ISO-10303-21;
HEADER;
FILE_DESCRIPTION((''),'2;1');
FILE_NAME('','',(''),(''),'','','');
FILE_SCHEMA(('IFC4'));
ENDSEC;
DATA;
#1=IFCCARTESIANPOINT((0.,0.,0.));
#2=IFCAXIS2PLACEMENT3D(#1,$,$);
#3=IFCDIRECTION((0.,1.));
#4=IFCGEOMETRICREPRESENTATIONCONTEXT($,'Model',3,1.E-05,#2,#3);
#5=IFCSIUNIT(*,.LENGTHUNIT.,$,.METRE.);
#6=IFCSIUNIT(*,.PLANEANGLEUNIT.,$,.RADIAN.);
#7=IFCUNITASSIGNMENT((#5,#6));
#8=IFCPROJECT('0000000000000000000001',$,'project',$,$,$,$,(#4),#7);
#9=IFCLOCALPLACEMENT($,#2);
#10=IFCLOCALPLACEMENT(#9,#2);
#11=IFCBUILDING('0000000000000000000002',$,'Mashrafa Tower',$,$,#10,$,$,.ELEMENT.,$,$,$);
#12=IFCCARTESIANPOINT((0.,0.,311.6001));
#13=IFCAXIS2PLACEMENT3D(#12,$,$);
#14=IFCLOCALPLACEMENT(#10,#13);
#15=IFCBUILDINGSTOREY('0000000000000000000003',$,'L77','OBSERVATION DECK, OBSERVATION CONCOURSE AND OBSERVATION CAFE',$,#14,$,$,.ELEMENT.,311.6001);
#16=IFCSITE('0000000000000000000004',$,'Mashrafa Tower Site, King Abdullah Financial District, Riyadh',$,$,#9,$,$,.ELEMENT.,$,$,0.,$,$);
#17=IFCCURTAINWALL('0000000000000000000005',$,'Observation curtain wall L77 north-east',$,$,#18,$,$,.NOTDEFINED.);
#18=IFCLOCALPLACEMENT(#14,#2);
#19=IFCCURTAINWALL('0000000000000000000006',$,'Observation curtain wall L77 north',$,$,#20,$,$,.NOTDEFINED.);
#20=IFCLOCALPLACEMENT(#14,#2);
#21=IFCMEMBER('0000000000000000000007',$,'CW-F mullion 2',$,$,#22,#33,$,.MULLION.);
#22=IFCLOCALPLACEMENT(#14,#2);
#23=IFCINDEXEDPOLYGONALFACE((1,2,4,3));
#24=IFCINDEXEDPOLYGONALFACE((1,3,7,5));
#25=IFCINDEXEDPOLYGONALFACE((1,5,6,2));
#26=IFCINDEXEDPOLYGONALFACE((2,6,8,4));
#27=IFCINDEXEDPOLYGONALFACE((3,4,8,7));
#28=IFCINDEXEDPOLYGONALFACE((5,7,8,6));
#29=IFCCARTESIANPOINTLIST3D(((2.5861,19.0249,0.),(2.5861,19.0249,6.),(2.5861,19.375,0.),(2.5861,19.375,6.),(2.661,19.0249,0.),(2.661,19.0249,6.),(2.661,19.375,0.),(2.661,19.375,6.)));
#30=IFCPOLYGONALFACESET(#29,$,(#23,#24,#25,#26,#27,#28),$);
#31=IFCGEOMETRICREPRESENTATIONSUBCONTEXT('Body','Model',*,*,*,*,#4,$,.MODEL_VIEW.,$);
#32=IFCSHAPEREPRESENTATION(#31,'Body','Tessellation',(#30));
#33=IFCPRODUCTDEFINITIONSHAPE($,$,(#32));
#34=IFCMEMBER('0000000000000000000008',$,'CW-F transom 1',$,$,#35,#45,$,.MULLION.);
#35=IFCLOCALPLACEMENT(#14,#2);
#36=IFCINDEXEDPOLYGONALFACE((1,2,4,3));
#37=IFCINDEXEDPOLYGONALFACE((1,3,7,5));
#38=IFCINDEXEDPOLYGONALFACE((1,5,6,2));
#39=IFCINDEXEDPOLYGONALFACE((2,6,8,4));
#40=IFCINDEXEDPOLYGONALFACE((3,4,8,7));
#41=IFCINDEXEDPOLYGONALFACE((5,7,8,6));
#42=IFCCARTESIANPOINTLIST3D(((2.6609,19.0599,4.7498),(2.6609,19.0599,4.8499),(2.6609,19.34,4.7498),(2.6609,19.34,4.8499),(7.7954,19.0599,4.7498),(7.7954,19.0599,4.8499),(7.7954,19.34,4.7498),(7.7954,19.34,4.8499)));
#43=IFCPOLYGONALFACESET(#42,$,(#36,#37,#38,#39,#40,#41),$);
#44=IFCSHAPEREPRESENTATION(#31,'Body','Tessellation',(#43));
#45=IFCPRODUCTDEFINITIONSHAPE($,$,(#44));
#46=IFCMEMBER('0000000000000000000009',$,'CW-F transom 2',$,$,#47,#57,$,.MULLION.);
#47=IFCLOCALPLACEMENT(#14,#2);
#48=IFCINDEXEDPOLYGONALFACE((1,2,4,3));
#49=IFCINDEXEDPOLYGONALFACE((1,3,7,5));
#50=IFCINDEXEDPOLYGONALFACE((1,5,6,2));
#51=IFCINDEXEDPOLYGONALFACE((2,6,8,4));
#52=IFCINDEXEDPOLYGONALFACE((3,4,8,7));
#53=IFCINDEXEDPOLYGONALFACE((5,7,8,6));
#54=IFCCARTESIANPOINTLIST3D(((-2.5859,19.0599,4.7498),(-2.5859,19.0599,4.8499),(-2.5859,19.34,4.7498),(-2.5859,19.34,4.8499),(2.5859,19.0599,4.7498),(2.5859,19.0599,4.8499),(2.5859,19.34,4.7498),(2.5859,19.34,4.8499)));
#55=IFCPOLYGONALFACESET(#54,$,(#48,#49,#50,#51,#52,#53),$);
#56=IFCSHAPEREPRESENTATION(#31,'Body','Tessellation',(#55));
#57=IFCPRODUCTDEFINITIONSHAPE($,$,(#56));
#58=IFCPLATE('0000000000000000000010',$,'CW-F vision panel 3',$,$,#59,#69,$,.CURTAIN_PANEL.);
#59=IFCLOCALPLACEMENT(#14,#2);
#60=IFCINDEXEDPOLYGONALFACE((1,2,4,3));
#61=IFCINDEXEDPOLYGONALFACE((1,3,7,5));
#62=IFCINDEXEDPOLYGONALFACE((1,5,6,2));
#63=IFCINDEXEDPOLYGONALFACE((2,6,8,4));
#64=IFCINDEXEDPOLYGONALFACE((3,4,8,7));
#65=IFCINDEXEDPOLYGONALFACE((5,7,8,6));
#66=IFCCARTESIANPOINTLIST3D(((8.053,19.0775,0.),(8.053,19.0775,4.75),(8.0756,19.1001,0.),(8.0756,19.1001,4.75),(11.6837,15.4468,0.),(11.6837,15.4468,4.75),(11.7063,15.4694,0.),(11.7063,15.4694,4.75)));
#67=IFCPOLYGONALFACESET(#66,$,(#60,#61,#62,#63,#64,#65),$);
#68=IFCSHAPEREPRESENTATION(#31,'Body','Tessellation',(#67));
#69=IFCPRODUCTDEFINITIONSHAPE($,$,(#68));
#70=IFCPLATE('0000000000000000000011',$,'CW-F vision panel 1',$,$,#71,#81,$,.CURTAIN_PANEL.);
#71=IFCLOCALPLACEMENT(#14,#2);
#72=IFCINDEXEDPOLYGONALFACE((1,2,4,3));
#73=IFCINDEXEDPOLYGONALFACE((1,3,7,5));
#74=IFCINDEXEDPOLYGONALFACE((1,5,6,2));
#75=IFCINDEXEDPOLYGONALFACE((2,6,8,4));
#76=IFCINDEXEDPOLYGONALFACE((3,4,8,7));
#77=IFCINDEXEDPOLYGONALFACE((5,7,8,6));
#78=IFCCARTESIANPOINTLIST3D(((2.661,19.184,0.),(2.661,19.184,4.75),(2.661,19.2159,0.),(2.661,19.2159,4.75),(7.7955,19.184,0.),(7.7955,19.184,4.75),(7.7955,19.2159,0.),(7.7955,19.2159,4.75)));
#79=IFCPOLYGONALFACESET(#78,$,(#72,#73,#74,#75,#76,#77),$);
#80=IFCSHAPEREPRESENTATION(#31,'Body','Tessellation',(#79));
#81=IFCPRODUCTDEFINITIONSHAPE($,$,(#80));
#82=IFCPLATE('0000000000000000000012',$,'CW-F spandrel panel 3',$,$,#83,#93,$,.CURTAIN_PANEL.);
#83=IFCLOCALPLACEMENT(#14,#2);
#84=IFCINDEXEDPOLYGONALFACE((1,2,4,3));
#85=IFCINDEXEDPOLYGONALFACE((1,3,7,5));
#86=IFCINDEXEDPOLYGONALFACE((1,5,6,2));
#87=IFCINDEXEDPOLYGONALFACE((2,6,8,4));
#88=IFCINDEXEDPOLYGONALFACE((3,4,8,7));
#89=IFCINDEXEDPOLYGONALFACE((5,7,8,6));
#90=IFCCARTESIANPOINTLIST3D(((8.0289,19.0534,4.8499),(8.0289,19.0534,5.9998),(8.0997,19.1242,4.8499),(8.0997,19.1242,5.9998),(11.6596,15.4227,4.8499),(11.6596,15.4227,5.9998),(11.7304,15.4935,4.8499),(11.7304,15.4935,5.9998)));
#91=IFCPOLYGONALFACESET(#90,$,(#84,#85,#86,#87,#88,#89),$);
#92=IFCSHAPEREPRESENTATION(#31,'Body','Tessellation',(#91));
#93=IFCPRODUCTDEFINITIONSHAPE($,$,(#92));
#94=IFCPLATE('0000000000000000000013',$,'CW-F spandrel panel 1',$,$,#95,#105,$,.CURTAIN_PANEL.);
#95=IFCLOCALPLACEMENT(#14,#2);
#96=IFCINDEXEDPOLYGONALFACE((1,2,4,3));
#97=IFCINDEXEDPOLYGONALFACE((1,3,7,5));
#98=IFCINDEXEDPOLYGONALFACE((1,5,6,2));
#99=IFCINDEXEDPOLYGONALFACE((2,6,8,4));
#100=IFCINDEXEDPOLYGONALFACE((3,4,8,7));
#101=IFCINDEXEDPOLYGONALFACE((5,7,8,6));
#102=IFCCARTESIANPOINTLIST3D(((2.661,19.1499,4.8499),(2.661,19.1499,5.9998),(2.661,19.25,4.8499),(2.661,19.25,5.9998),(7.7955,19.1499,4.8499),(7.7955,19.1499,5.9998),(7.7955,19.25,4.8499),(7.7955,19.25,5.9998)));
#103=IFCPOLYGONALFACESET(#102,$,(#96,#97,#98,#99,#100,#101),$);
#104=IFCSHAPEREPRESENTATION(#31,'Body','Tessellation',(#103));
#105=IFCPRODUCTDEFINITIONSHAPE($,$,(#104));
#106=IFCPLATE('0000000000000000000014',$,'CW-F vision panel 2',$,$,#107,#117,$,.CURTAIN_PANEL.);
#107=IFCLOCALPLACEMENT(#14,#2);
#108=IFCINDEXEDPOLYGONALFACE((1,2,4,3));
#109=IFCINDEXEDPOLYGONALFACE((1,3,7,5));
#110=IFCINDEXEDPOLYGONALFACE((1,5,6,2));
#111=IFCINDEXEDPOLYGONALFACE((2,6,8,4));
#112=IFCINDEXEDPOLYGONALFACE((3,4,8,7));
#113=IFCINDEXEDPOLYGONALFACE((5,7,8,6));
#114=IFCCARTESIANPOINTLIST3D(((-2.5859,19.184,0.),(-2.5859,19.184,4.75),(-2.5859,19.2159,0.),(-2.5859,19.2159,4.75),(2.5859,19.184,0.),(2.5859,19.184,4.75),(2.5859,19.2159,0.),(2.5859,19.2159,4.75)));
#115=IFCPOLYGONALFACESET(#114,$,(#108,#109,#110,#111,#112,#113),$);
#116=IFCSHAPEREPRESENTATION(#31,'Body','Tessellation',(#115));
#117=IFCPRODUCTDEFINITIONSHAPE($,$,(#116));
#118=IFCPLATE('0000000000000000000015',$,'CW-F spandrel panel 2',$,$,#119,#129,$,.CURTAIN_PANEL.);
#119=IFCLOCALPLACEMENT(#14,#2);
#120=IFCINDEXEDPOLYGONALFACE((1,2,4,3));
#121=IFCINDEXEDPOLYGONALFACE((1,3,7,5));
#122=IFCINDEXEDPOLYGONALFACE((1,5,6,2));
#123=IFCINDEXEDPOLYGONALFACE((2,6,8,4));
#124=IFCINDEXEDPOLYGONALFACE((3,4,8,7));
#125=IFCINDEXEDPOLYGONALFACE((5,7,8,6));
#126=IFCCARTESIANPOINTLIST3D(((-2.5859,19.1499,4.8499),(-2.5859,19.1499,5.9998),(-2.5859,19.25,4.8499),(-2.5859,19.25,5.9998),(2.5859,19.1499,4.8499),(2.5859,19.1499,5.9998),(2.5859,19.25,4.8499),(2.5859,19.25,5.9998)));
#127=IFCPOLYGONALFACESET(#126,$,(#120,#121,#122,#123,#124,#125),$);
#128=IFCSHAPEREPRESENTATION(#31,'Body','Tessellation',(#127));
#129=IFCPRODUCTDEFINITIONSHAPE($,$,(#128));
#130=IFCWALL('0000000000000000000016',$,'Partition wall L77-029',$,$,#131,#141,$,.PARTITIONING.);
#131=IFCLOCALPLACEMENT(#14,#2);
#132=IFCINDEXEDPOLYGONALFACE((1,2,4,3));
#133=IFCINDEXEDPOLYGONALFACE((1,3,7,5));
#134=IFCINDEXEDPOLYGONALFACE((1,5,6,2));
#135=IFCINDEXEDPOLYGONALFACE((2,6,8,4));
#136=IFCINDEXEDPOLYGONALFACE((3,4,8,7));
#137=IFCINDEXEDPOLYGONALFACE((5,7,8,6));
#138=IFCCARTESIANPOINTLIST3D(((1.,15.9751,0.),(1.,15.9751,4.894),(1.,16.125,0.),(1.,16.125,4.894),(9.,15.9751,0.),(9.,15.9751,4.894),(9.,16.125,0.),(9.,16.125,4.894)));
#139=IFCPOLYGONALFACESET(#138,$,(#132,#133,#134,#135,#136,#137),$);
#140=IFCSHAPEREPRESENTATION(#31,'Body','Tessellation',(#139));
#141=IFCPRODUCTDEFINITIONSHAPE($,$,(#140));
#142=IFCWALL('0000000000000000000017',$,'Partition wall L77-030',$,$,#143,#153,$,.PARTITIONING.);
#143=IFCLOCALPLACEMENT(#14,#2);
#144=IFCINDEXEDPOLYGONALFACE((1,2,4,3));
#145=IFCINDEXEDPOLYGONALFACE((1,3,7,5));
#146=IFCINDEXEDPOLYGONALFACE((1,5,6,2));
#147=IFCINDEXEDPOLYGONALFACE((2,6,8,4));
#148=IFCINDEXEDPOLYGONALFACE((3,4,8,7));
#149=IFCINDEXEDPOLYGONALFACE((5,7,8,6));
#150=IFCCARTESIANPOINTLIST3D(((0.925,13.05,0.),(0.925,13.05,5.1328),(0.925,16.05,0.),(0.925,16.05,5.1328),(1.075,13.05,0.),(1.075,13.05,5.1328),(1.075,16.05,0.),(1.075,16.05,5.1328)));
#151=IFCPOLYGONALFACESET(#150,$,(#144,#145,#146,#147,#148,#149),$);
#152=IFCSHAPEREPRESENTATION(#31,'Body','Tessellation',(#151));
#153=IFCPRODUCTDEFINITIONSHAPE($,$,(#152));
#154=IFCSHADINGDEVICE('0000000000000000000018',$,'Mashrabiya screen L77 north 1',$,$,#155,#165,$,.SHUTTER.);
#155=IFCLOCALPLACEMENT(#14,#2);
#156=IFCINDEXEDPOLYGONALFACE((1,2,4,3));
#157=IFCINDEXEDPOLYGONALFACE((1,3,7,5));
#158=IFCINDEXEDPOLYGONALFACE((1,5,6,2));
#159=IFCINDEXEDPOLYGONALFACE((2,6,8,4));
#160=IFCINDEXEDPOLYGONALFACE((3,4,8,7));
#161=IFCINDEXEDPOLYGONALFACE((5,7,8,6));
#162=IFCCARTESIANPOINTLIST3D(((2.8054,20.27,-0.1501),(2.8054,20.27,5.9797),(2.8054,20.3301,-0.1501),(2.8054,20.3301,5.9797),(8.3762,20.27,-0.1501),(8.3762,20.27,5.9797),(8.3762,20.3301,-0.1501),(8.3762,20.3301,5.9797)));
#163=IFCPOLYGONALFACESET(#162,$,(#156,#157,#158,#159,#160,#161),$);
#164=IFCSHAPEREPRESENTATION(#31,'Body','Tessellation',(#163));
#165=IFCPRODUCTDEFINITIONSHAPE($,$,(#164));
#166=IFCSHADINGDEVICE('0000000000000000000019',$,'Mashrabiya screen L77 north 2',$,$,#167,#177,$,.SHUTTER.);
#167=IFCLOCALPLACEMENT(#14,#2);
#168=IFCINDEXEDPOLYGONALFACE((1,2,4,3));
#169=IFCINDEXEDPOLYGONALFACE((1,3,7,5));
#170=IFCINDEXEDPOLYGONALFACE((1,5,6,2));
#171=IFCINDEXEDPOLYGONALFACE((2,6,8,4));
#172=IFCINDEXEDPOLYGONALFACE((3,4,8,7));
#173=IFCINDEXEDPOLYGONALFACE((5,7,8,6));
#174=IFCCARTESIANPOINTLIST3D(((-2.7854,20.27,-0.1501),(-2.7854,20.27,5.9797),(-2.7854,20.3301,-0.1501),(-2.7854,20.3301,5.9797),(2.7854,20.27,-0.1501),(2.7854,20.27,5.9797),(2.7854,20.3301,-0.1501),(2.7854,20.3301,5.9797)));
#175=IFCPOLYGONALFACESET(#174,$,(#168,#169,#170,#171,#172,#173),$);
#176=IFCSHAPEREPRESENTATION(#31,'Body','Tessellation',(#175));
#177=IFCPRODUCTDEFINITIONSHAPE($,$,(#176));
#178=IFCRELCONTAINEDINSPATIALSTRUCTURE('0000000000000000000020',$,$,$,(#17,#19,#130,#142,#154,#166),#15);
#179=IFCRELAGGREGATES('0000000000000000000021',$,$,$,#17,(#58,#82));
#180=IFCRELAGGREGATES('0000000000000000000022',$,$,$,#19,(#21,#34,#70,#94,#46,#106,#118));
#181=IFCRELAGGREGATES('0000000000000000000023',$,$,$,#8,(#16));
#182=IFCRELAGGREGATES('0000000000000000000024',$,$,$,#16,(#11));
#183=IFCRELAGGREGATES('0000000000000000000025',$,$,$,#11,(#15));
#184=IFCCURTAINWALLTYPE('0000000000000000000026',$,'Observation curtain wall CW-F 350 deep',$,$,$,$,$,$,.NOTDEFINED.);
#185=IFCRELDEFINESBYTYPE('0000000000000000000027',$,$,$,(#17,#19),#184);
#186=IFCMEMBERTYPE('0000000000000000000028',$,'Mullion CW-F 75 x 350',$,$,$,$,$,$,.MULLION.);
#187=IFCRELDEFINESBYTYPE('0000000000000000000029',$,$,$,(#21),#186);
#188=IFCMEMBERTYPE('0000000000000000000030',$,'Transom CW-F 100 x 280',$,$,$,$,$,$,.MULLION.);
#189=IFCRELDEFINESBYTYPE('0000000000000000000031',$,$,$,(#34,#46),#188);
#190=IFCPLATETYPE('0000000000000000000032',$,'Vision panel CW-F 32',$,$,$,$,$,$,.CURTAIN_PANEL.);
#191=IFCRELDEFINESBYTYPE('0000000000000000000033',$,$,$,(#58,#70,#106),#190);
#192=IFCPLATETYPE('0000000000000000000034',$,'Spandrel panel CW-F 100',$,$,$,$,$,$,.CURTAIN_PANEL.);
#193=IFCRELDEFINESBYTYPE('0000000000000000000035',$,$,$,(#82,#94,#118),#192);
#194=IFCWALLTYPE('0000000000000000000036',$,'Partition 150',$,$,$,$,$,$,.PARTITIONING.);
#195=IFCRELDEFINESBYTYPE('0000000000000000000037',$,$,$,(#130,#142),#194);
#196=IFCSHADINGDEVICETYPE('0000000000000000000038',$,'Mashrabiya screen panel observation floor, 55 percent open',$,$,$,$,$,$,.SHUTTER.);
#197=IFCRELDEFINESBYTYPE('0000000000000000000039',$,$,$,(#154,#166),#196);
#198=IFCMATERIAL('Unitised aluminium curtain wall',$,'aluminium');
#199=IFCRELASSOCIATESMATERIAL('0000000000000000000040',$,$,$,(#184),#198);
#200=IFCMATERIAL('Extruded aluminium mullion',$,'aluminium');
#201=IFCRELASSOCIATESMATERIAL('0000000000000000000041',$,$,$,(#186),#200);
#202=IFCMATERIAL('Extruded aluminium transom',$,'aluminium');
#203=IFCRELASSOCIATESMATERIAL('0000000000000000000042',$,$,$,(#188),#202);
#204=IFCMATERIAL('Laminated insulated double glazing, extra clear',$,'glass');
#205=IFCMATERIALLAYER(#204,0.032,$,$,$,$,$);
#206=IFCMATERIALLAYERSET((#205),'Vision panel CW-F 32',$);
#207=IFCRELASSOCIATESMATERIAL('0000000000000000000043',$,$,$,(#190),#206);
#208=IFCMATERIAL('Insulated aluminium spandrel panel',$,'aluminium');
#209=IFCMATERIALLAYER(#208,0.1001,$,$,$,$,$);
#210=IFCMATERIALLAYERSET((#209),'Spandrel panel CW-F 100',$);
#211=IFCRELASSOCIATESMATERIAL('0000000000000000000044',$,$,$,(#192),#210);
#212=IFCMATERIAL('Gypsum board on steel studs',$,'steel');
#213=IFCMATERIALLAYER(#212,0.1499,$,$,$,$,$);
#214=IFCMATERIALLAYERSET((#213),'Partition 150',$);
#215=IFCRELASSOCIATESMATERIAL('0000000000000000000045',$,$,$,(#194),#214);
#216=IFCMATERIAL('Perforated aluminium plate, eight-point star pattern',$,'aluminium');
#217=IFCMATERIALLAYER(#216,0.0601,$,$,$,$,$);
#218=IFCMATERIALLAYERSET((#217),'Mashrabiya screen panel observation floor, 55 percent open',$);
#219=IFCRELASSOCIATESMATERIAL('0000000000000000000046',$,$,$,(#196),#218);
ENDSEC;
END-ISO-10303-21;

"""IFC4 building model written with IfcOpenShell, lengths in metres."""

from ifc_helpers import new_model, si_unit, direction, frame, frame_2d, origin, origin_2d, place, context, subcontext, project, spatial, rectangle, extrude, source, transform, mapped, material, layer, layer_set, material_profile, profile_set, type_object, type_shapes, element, aggregate, save


model = new_model("IFC4")

# Units and contexts
model_context = context("Model", 3, precision=1e-05, world=origin(), true_north=direction((0.0, 1.0)))
body_context = subcontext(model_context, "Body", "Model", "MODEL_VIEW")
ifc_project = project(units=[si_unit("LENGTHUNIT", "METRE"), si_unit("PLANEANGLEUNIT", "RADIAN")], contexts=[model_context])

# Site, building, storey
site_placement = place(None, origin())
site = spatial("IfcSite", under=ifc_project, at=site_placement, Name="Mashrafa Tower Site, King Abdullah Financial District, Riyadh", CompositionType="ELEMENT", RefElevation=0.0)
building_placement = place(site_placement, origin())
building = spatial("IfcBuilding", under=site, at=building_placement, Name="Mashrafa Tower", CompositionType="ELEMENT")
storey_placement = place(building_placement, frame((0.0, 0.0, 311.6001)))
storey = spatial("IfcBuildingStorey", under=building, at=storey_placement, Name="L77", Description="OBSERVATION DECK, OBSERVATION CONCOURSE AND OBSERVATION CAFE", CompositionType="ELEMENT", Elevation=311.6001)

# Curtain wall
ifc_material_1 = material(Name="Unitised aluminium curtain wall", Category="aluminium")
curtain_wall_type = type_object("IfcCurtainWallType", Name="Observation curtain wall CW-F 350 deep", PredefinedType="NOTDEFINED", material=ifc_material_1)
curtain_wall_1_placement = place(storey_placement, origin())
curtain_wall_1 = element("IfcCurtainWall", 1, at=curtain_wall_1_placement, inside=storey, type_object=curtain_wall_type, Name="Observation curtain wall L77 north-east", PredefinedType="NOTDEFINED")
ifc_material_2 = material(Name="Extruded aluminium mullion", Category="aluminium")
ifc_material_profile_1 = material_profile(ifc_material_2, rectangle(XDim=0.3501, YDim=0.075, at=origin_2d()), Name="Mullion 75x350")
ifc_profile_set_1 = profile_set([ifc_material_profile_1], Name="Extruded aluminium mullion")
member_type_1 = type_object("IfcMemberType", Name="Mullion CW-F 75 x 350", PredefinedType="MULLION", material=ifc_profile_set_1)
shared_shape_1 = source(origin(), body_context, "Body", "SweptSolid", [
    extrude(rectangle(XDim=0.3501, YDim=0.075, at=origin_2d()), origin(), (0.0, 0.0, 1.0), 6.0),
])
type_shapes(member_type_1, [shared_shape_1])

# Curtain wall, members
curtain_wall_2_placement = place(storey_placement, origin())
curtain_wall_2 = element("IfcCurtainWall", 2, at=curtain_wall_2_placement, inside=storey, type_object=curtain_wall_type, Name="Observation curtain wall L77 north", PredefinedType="NOTDEFINED")
member_1_placement = place(storey_placement, frame((2.6235, 19.2, 0.0), z_axis=(0.0, 0.0, 1.0), x_axis=(0.0, -1.0, 0.0)))
member_1 = element("IfcMember", 3, at=member_1_placement, type_object=member_type_1, Name="CW-F mullion 2", PredefinedType="MULLION", context=body_context, shape_type="MappedRepresentation", body=[
    mapped(shared_shape_1, transform((0.0, 0.0, 0.0))),
])
ifc_material_3 = material(Name="Extruded aluminium transom", Category="aluminium")
ifc_material_profile_2 = material_profile(ifc_material_3, rectangle(XDim=0.28, YDim=0.1001, at=origin_2d()), Name="Transom 100x280")
ifc_profile_set_2 = profile_set([ifc_material_profile_2], Name="Extruded aluminium transom")
member_type_2 = type_object("IfcMemberType", Name="Transom CW-F 100 x 280", PredefinedType="MULLION", material=ifc_profile_set_2)
shared_shape_2 = source(origin(), body_context, "Body", "SweptSolid", [
    extrude(rectangle(XDim=0.28, YDim=0.1001, at=origin_2d()), origin(), (0.0, 0.0, 1.0), 5.1345),
])
member_2_placement = place(storey_placement, frame((7.7954, 19.2, 4.7998), z_axis=(-1.0, 0.0, 0.0), x_axis=(0.0, -1.0, 0.0)))
member_2 = element("IfcMember", 4, at=member_2_placement, type_object=member_type_2, Name="CW-F transom 1", PredefinedType="MULLION", context=body_context, shape_type="MappedRepresentation", body=[
    mapped(shared_shape_2, transform((0.0, 0.0, 0.0))),
])
shared_shape_3 = source(origin(), body_context, "Body", "SweptSolid", [
    extrude(rectangle(XDim=0.28, YDim=0.1001, at=origin_2d()), origin(), (0.0, 0.0, 1.0), 5.1719),
])
type_shapes(member_type_2, [shared_shape_2, shared_shape_3])
member_3_placement = place(storey_placement, frame((2.5859, 19.2, 4.7998), z_axis=(-1.0, 0.0, 0.0), x_axis=(0.0, -1.0, 0.0)))
member_3 = element("IfcMember", 5, at=member_3_placement, type_object=member_type_2, Name="CW-F transom 2", PredefinedType="MULLION", context=body_context, shape_type="MappedRepresentation", body=[
    mapped(shared_shape_3, transform((0.0, 0.0, 0.0))),
])

# Plates
ifc_material_4 = material(Name="Laminated insulated double glazing, extra clear", Category="glass")
ifc_layer_1 = layer(ifc_material_4, 0.032)
ifc_layer_set_1 = layer_set([ifc_layer_1], Name="Vision panel CW-F 32")
plate_type_1 = type_object("IfcPlateType", Name="Vision panel CW-F 32", PredefinedType="CURTAIN_PANEL", material=ifc_layer_set_1)
shared_shape_4 = source(origin(), body_context, "Body", "SweptSolid", [
    extrude(rectangle(XDim=5.1345, YDim=0.032, at=origin_2d()), origin(), (0.0, 0.0, 1.0), 4.75),
])
plate_1_placement = place(storey_placement, frame((9.8796, 17.2734, 0.0), z_axis=(0.0, 0.0, 1.0), x_axis=(-0.707107, 0.707107, 0.0)))
plate_1 = element("IfcPlate", 6, at=plate_1_placement, type_object=plate_type_1, Name="CW-F vision panel 3", PredefinedType="CURTAIN_PANEL", context=body_context, shape_type="MappedRepresentation", body=[
    mapped(shared_shape_4, transform((0.0, 0.0, 0.0))),
])
plate_2_placement = place(storey_placement, frame((5.2283, 19.2, 0.0), z_axis=(0.0, 0.0, 1.0), x_axis=(-1.0, 0.0, 0.0)))
plate_2 = element("IfcPlate", 7, at=plate_2_placement, type_object=plate_type_1, Name="CW-F vision panel 1", PredefinedType="CURTAIN_PANEL", context=body_context, shape_type="MappedRepresentation", body=[
    mapped(shared_shape_4, transform((0.0, 0.0, 0.0))),
])
ifc_material_5 = material(Name="Insulated aluminium spandrel panel", Category="aluminium")
ifc_layer_2 = layer(ifc_material_5, 0.1001)
ifc_layer_set_2 = layer_set([ifc_layer_2], Name="Spandrel panel CW-F 100")
plate_type_2 = type_object("IfcPlateType", Name="Spandrel panel CW-F 100", PredefinedType="CURTAIN_PANEL", material=ifc_layer_set_2)
shared_shape_5 = source(origin(), body_context, "Body", "SweptSolid", [
    extrude(rectangle(XDim=5.1345, YDim=0.1001, at=origin_2d()), origin(), (0.0, 0.0, 1.0), 1.1499),
])
plate_3_placement = place(storey_placement, frame((9.8796, 17.2734, 4.8499), z_axis=(0.0, 0.0, 1.0), x_axis=(-0.707107, 0.707107, 0.0)))
plate_3 = element("IfcPlate", 8, at=plate_3_placement, type_object=plate_type_2, Name="CW-F spandrel panel 3", PredefinedType="CURTAIN_PANEL", context=body_context, shape_type="MappedRepresentation", body=[
    mapped(shared_shape_5, transform((0.0, 0.0, 0.0))),
])
aggregate(curtain_wall_1, [plate_1, plate_3])
plate_4_placement = place(storey_placement, frame((5.2283, 19.2, 4.8499), z_axis=(0.0, 0.0, 1.0), x_axis=(-1.0, 0.0, 0.0)))
plate_4 = element("IfcPlate", 9, at=plate_4_placement, type_object=plate_type_2, Name="CW-F spandrel panel 1", PredefinedType="CURTAIN_PANEL", context=body_context, shape_type="MappedRepresentation", body=[
    mapped(shared_shape_5, transform((0.0, 0.0, 0.0))),
])
shared_shape_6 = source(origin(), body_context, "Body", "SweptSolid", [
    extrude(rectangle(XDim=5.1719, YDim=0.032, at=origin_2d()), origin(), (0.0, 0.0, 1.0), 4.75),
])
type_shapes(plate_type_1, [shared_shape_4, shared_shape_6])
plate_5_placement = place(storey_placement, frame((0.0, 19.2, 0.0), z_axis=(0.0, 0.0, 1.0), x_axis=(-1.0, 0.0, 0.0)))
plate_5 = element("IfcPlate", 10, at=plate_5_placement, type_object=plate_type_1, Name="CW-F vision panel 2", PredefinedType="CURTAIN_PANEL", context=body_context, shape_type="MappedRepresentation", body=[
    mapped(shared_shape_6, transform((0.0, 0.0, 0.0))),
])
shared_shape_7 = source(origin(), body_context, "Body", "SweptSolid", [
    extrude(rectangle(XDim=5.1719, YDim=0.1001, at=origin_2d()), origin(), (0.0, 0.0, 1.0), 1.1499),
])
type_shapes(plate_type_2, [shared_shape_5, shared_shape_7])
plate_6_placement = place(storey_placement, frame((0.0, 19.2, 4.8499), z_axis=(0.0, 0.0, 1.0), x_axis=(-1.0, 0.0, 0.0)))
plate_6 = element("IfcPlate", 11, at=plate_6_placement, type_object=plate_type_2, Name="CW-F spandrel panel 2", PredefinedType="CURTAIN_PANEL", context=body_context, shape_type="MappedRepresentation", body=[
    mapped(shared_shape_7, transform((0.0, 0.0, 0.0))),
])
aggregate(curtain_wall_2, [member_1, member_2, plate_2, plate_4, member_3, plate_5, plate_6])

# Walls
ifc_material_6 = material(Name="Gypsum board on steel studs", Category="steel")
ifc_layer_3 = layer(ifc_material_6, 0.1499)
ifc_layer_set_3 = layer_set([ifc_layer_3], Name="Partition 150")
wall_type = type_object("IfcWallType", Name="Partition 150", PredefinedType="PARTITIONING", material=ifc_layer_set_3)
wall_1_placement = place(storey_placement, frame((9.0, 16.05, 0.0), z_axis=(0.0, 0.0, 1.0), x_axis=(-1.0, 0.0, 0.0)))
element("IfcWall", 12, at=wall_1_placement, inside=storey, type_object=wall_type, Name="Partition wall L77-029", PredefinedType="PARTITIONING", context=body_context, shape_type="SweptSolid", body=[
    extrude(rectangle(XDim=8.0, YDim=0.1499, at=frame_2d((4.0, 0.0))), origin(), (0.0, 0.0, 1.0), 4.894),
])
wall_2_placement = place(storey_placement, frame((1.0, 16.05, 0.0), z_axis=(0.0, 0.0, 1.0), x_axis=(0.0, -1.0, 0.0)))
element("IfcWall", 13, at=wall_2_placement, inside=storey, type_object=wall_type, Name="Partition wall L77-030", PredefinedType="PARTITIONING", context=body_context, shape_type="SweptSolid", body=[
    extrude(rectangle(XDim=3.0, YDim=0.1499, at=frame_2d((1.5, 0.0))), origin(), (0.0, 0.0, 1.0), 5.1328),
])

# Shading devices
ifc_material_7 = material(Name="Perforated aluminium plate, eight-point star pattern", Category="aluminium")
ifc_layer_4 = layer(ifc_material_7, 0.0601)
ifc_layer_set_4 = layer_set([ifc_layer_4], Name="Mashrabiya screen panel observation floor, 55 percent open")
shading_device_type = type_object("IfcShadingDeviceType", Name="Mashrabiya screen panel observation floor, 55 percent open", PredefinedType="SHUTTER", material=ifc_layer_set_4)
shared_shape_8 = source(origin(), body_context, "Body", "SweptSolid", [
    extrude(rectangle(XDim=5.5708, YDim=0.0601, at=origin_2d()), origin(), (0.0, 0.0, 1.0), 6.1299),
])
type_shapes(shading_device_type, [shared_shape_8])
for number, where, z_axis, x_axis, name in (
    (14, (5.5908, 20.3, -0.1501), (0.0, 0.0, 1.0), (-1.0, 0.0, 0.0), "Mashrabiya screen L77 north 1"),
    (15, (0.0, 20.3, -0.1501), (0.0, 0.0, 1.0), (-1.0, 0.0, 0.0), "Mashrabiya screen L77 north 2"),
):
    element("IfcShadingDevice", number, at=place(storey_placement, frame(where, z_axis=z_axis, x_axis=x_axis)), inside=storey, type_object=shading_device_type, Name=name, PredefinedType="SHUTTER", context=body_context, shape_type="MappedRepresentation", body=[
        mapped(shared_shape_8, transform((0.0, 0.0, 0.0))),
    ])

save(model, "model.ifc")
